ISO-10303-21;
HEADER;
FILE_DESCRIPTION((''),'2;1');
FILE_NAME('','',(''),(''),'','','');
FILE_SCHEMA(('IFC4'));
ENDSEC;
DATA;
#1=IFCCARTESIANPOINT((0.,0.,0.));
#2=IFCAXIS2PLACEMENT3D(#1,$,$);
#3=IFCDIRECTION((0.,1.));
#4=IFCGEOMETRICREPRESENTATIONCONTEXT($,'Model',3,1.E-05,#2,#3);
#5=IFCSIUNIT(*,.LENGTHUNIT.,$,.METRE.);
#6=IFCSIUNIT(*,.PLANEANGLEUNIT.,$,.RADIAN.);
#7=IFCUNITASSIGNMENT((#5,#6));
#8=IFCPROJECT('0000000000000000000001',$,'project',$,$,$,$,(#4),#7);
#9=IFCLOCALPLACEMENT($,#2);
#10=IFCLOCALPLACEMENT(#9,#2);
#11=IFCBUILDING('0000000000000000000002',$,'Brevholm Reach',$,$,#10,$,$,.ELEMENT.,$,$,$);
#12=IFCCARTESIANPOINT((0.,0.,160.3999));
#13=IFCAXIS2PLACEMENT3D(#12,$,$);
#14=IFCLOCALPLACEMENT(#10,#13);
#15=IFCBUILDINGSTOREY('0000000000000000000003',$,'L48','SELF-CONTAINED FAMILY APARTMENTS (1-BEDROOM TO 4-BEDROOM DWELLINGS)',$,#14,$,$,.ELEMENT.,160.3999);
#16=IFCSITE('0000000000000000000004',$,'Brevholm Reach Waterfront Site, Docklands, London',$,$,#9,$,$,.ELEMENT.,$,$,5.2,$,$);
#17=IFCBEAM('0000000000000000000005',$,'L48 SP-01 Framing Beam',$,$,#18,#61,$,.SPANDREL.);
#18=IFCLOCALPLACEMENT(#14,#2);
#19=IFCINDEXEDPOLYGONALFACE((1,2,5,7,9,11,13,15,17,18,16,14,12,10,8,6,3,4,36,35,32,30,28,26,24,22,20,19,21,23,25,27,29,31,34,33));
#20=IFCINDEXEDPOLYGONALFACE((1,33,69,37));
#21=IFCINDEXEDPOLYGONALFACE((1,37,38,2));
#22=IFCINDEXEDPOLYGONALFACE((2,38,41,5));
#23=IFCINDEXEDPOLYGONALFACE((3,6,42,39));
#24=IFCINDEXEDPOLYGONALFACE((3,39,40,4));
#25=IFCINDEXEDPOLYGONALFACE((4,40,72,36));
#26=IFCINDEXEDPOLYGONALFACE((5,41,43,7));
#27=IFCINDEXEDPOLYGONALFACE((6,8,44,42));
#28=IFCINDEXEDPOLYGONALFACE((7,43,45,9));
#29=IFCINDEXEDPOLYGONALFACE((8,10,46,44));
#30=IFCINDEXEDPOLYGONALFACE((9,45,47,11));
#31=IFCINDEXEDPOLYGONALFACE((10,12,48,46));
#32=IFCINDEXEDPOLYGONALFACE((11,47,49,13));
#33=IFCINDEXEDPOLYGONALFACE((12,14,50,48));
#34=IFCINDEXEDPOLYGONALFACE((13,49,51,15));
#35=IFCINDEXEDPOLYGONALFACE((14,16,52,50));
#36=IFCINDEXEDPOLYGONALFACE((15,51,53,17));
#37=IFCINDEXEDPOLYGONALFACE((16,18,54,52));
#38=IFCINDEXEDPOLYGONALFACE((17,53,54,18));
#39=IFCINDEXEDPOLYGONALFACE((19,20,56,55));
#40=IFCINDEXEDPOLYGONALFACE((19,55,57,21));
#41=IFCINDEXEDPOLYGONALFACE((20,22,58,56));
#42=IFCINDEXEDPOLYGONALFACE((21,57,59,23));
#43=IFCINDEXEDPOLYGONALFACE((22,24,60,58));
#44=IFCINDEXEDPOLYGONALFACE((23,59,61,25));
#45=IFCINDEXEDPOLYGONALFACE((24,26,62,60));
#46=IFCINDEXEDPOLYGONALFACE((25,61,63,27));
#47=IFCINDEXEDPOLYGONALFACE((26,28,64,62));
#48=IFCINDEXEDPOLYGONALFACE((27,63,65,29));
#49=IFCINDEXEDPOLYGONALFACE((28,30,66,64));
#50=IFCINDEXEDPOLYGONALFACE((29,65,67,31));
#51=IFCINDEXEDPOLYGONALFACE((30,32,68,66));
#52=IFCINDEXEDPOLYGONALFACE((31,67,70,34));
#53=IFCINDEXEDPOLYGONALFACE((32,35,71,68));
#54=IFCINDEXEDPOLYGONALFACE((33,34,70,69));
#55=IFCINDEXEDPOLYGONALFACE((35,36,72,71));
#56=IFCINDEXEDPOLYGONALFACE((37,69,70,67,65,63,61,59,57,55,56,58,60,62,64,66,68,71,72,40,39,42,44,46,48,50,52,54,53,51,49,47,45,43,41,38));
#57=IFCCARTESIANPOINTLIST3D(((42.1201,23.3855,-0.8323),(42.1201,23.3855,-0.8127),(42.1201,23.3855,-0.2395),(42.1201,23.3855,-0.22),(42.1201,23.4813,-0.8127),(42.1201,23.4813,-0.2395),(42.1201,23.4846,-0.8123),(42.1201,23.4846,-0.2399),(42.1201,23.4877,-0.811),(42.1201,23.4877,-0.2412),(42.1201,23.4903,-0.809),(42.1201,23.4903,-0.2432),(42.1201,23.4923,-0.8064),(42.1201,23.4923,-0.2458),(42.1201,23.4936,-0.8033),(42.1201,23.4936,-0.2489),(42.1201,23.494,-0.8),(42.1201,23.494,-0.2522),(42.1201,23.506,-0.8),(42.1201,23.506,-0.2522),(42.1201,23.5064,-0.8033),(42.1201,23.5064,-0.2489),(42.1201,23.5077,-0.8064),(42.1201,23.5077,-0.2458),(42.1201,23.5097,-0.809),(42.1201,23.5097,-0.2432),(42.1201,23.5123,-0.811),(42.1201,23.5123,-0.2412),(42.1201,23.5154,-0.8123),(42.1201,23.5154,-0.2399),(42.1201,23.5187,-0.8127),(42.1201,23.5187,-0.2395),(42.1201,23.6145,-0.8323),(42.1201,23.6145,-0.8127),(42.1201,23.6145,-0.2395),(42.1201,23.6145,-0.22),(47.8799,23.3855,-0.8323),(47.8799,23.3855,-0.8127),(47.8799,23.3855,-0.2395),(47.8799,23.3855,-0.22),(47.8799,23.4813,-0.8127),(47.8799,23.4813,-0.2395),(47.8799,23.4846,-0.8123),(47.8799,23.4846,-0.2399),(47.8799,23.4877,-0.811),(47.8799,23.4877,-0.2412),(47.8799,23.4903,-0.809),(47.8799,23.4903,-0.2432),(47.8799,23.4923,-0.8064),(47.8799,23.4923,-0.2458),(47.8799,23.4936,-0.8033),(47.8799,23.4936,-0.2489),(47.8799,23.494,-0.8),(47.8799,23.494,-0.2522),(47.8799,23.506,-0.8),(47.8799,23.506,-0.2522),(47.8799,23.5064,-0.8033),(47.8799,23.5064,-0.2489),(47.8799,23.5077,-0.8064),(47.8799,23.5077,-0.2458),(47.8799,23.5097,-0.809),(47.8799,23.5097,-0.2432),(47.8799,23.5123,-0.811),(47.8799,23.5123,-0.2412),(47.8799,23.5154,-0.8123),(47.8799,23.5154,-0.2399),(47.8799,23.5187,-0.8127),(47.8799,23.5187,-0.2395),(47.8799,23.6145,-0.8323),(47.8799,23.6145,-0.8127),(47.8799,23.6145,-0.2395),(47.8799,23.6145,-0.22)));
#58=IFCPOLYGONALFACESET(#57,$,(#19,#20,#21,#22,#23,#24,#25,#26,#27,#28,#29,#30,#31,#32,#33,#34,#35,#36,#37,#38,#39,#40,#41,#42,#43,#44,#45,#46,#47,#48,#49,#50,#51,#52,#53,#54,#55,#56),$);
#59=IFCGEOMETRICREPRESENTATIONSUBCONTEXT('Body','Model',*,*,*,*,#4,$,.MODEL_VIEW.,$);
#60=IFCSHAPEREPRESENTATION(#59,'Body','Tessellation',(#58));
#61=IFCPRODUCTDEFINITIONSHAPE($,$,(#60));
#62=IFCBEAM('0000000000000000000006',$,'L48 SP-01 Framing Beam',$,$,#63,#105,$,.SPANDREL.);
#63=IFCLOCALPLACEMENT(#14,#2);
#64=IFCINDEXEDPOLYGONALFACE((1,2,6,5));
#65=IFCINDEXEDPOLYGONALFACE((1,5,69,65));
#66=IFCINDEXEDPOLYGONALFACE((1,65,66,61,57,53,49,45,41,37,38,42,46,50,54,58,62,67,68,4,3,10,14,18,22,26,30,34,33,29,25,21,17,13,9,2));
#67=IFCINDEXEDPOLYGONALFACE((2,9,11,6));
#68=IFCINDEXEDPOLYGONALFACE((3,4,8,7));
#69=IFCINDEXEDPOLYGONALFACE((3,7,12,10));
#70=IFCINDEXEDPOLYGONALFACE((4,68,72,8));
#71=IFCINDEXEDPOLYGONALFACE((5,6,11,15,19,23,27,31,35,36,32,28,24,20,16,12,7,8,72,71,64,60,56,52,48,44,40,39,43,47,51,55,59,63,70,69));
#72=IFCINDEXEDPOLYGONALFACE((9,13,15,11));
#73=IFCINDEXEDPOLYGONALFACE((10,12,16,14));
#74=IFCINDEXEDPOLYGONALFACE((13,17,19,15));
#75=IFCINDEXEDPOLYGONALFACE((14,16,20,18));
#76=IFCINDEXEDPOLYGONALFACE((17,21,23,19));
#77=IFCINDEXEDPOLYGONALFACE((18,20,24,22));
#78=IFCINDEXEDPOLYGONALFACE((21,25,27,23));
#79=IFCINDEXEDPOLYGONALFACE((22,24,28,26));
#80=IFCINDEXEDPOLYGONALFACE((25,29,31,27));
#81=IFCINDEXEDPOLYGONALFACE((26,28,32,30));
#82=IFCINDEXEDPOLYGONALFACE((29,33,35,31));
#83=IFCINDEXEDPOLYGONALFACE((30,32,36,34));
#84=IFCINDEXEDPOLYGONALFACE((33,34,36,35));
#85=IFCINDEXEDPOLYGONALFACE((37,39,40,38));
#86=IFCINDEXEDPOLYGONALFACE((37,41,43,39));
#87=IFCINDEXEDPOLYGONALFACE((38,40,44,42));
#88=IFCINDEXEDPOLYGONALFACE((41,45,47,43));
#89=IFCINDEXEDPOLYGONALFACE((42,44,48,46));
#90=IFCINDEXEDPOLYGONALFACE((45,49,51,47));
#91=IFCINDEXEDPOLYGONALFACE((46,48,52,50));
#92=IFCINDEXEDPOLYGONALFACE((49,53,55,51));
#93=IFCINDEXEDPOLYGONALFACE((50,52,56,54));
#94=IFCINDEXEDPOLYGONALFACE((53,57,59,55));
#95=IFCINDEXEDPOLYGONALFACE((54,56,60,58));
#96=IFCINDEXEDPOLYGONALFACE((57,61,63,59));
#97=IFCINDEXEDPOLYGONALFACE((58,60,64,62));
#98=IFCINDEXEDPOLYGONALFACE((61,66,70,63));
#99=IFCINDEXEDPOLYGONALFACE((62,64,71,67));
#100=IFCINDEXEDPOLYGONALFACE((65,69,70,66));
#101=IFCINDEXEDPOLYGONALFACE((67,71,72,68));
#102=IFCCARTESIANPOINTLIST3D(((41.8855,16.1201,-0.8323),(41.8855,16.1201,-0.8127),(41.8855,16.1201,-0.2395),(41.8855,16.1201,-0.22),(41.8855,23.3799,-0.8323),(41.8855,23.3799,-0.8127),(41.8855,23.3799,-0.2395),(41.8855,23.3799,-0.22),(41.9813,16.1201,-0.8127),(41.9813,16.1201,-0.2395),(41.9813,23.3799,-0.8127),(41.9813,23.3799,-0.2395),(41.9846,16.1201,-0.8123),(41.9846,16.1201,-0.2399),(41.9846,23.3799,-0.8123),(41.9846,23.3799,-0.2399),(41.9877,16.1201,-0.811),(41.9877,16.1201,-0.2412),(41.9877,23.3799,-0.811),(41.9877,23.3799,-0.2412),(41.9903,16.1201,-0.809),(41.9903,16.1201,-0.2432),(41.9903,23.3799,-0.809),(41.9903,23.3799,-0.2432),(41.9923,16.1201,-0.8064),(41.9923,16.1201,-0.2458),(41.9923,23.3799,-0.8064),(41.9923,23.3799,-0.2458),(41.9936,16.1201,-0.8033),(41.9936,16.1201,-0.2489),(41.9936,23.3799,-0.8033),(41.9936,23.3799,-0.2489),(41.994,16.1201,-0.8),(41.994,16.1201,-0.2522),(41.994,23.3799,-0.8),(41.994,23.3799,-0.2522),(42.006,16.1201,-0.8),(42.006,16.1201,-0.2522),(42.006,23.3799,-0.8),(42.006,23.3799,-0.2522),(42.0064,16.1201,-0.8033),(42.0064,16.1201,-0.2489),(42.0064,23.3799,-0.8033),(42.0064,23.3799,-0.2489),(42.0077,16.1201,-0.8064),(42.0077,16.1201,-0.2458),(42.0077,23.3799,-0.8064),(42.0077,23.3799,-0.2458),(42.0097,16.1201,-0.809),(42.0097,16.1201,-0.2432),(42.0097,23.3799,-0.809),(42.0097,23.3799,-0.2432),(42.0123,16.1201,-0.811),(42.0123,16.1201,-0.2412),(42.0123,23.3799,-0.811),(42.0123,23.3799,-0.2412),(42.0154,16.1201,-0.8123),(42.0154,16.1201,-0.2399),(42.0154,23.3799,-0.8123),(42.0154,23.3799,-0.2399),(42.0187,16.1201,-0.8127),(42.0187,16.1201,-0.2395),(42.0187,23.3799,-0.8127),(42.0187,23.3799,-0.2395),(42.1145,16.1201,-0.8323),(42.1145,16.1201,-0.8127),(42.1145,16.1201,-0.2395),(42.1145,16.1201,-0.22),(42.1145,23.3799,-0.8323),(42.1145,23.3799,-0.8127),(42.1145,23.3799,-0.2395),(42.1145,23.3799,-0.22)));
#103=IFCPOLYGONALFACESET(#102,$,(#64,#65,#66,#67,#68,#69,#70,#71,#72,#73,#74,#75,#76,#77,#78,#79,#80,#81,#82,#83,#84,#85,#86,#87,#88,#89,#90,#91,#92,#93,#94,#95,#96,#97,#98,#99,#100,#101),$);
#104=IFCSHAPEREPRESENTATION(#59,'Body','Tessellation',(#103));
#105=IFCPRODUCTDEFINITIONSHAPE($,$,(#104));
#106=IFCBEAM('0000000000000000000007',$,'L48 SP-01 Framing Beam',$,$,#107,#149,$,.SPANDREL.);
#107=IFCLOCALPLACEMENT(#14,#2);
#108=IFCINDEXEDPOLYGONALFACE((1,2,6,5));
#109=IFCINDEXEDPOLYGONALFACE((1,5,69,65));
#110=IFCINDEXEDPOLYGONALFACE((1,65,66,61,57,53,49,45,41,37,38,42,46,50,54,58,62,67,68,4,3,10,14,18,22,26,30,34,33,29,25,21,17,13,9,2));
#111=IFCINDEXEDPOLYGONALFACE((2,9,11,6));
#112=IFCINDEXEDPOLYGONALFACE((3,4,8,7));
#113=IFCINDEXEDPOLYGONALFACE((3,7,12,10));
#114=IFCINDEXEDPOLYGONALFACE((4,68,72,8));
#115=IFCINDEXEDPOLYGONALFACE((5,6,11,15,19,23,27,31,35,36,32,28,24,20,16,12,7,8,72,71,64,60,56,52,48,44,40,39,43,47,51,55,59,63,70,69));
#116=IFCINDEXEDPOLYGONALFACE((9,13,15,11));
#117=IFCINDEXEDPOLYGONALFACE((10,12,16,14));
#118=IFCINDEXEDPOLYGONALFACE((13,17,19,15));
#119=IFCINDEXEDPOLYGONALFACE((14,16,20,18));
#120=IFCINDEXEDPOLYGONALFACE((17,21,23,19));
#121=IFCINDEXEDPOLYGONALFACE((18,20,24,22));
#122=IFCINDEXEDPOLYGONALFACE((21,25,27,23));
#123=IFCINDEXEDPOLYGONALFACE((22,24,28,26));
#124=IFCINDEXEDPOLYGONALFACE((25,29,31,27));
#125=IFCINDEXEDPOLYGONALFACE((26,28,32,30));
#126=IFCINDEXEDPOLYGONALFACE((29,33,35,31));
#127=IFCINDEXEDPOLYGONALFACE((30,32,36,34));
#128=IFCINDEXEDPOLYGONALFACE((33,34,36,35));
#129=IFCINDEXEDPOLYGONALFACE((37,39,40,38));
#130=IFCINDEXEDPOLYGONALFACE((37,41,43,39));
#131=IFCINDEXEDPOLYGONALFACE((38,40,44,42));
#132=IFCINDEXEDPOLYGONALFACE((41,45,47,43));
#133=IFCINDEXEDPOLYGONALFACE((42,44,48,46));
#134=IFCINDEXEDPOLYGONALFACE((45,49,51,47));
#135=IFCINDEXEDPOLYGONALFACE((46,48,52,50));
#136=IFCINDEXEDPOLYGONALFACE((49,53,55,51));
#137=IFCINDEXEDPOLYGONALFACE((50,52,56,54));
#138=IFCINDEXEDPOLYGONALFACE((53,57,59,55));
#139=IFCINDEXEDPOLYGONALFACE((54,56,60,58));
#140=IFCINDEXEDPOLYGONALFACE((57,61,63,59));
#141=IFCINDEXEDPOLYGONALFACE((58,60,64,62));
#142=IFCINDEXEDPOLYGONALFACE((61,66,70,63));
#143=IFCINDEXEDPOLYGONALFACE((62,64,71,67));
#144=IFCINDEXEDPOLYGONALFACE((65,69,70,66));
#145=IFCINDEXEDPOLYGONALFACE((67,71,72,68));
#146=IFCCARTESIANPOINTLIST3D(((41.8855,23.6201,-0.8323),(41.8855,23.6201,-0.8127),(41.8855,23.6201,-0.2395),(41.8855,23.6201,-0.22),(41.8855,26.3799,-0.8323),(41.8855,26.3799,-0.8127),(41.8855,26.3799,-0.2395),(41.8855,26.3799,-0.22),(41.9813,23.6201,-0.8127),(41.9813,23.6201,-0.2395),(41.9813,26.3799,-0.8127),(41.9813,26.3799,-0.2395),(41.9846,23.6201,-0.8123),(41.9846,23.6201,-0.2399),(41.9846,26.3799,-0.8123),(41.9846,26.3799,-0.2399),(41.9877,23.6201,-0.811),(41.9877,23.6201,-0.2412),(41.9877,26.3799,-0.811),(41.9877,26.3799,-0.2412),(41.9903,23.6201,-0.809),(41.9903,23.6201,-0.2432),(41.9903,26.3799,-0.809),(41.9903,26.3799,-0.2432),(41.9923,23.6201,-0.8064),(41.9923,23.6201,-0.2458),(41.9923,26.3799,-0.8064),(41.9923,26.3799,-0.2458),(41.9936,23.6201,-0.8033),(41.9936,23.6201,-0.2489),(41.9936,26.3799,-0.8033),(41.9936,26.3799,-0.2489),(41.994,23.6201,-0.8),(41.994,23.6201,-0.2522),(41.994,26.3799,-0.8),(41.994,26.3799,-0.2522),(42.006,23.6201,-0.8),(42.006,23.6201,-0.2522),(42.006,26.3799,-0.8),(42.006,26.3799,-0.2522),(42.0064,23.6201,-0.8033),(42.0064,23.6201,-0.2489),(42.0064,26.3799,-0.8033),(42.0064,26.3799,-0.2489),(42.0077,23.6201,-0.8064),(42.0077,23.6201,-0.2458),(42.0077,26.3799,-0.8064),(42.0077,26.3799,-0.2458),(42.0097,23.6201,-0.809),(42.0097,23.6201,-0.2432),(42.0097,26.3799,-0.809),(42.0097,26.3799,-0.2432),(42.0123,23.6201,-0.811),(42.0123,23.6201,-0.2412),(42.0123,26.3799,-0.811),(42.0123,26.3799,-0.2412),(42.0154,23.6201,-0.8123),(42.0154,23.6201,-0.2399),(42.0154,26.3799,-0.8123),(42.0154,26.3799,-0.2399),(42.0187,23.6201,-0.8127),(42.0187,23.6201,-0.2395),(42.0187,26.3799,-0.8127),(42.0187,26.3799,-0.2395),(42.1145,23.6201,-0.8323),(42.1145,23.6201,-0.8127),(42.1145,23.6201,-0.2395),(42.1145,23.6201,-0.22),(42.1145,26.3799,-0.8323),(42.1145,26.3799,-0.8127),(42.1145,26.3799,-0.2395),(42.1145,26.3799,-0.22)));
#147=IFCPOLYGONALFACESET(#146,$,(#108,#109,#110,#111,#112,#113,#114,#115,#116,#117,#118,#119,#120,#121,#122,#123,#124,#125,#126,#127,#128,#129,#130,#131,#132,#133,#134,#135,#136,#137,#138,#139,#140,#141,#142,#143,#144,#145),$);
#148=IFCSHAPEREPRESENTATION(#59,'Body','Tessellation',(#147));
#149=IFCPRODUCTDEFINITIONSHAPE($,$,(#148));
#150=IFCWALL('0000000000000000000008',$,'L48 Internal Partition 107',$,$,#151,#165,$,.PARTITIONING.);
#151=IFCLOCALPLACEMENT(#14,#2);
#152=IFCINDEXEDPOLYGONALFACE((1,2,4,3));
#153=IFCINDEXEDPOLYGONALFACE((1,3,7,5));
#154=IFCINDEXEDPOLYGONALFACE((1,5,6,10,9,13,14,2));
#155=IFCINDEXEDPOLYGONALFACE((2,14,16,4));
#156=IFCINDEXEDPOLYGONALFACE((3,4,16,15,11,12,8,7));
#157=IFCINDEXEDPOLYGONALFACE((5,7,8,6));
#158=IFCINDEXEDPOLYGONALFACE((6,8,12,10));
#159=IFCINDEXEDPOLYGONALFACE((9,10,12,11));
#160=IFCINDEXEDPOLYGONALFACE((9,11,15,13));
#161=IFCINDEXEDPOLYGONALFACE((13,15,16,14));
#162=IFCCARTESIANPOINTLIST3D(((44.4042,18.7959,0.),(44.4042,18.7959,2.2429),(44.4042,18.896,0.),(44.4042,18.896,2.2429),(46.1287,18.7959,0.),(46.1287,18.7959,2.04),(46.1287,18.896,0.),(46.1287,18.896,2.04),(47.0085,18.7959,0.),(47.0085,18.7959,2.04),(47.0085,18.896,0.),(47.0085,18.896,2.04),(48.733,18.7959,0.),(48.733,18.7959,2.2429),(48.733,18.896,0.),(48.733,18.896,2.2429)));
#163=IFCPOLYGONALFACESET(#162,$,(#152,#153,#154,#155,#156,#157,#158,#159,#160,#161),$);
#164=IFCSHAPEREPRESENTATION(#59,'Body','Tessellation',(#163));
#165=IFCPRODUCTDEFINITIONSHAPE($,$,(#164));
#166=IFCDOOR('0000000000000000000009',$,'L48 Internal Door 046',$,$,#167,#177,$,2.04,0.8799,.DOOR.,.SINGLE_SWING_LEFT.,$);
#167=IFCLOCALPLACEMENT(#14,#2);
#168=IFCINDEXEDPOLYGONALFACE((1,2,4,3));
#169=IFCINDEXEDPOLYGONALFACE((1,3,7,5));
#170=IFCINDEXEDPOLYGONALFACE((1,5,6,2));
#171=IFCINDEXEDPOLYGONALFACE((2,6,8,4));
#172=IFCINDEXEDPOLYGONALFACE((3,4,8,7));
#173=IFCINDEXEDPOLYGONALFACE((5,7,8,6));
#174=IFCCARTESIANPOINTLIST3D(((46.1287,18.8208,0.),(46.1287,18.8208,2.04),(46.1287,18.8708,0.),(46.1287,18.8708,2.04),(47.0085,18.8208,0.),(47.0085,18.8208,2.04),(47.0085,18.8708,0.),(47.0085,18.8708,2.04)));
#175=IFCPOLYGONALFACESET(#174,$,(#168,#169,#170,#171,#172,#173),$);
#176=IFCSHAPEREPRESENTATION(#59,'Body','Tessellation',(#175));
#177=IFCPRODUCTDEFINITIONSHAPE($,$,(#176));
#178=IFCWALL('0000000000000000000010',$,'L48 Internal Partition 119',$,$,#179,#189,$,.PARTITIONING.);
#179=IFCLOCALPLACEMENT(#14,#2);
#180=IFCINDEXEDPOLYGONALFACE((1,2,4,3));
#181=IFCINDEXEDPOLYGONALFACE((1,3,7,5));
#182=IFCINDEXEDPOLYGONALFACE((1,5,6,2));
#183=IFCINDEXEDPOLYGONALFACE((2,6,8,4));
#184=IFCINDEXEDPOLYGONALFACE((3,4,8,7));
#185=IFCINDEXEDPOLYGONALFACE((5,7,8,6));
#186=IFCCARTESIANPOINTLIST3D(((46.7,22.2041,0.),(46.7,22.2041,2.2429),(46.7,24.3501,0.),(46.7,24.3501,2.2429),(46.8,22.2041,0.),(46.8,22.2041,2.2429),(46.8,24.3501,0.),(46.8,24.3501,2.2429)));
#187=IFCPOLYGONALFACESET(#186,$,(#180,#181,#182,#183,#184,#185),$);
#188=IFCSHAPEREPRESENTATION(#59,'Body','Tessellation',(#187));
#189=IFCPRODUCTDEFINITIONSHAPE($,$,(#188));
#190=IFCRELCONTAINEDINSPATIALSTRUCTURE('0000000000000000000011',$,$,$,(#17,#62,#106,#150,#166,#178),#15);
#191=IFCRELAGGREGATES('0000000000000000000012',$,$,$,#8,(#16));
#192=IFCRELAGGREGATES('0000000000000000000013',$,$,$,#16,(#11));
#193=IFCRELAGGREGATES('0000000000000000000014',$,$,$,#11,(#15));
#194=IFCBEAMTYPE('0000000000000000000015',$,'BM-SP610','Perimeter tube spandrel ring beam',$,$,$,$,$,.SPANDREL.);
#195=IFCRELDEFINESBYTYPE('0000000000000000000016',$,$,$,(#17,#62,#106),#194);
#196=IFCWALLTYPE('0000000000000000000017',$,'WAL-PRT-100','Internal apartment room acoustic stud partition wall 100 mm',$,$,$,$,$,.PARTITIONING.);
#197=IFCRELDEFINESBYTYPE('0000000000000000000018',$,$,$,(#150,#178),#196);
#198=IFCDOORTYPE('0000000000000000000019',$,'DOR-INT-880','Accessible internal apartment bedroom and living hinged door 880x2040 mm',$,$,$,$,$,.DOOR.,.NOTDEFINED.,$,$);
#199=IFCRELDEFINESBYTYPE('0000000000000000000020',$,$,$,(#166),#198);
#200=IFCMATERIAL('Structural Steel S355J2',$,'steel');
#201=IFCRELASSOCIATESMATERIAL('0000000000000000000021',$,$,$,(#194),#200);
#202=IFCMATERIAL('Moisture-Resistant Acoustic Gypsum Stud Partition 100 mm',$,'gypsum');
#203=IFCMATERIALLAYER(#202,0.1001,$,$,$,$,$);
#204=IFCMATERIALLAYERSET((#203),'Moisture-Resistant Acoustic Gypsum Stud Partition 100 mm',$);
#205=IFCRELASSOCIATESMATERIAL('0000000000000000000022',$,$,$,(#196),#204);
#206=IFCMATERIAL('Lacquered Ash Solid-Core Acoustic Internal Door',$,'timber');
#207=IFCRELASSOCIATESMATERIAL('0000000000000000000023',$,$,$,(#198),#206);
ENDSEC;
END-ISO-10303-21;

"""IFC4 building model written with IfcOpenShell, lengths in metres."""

from ifc_helpers import new_model, si_unit, direction, frame, frame_2d, origin, origin_2d, place, context, subcontext, project, spatial, rectangle, i_section, extrude, material, layer, layer_set, material_profile, profile_set, type_object, element, fill, save


model = new_model("IFC4")

# Units and contexts
model_context = context("Model", 3, precision=1e-05, world=origin(), true_north=direction((0.0, 1.0)))
body_context = subcontext(model_context, "Body", "Model", "MODEL_VIEW")
ifc_project = project(units=[si_unit("LENGTHUNIT", "METRE"), si_unit("PLANEANGLEUNIT", "RADIAN")], contexts=[model_context])

# Site, building, storey
site_placement = place(None, origin())
site = spatial("IfcSite", under=ifc_project, at=site_placement, Name="Brevholm Reach Waterfront Site, Docklands, London", CompositionType="ELEMENT", RefElevation=5.2)
building_placement = place(site_placement, origin())
building = spatial("IfcBuilding", under=site, at=building_placement, Name="Brevholm Reach", CompositionType="ELEMENT")
storey_placement = place(building_placement, frame((0.0, 0.0, 160.3999)))
storey = spatial("IfcBuildingStorey", under=building, at=storey_placement, Name="L48", Description="SELF-CONTAINED FAMILY APARTMENTS (1-BEDROOM TO 4-BEDROOM DWELLINGS)", CompositionType="ELEMENT", Elevation=160.3999)

# Beams
ifc_material_1 = material(Name="Structural Steel S355J2", Category="steel")
ifc_material_profile_1 = material_profile(ifc_material_1, i_section(OverallWidth=0.229, OverallDepth=0.6123, WebThickness=0.012, FlangeThickness=0.0195, FilletRadius=0.0127, at=origin_2d()), Name="UKB 610x229x125")
ifc_profile_set_1 = profile_set([ifc_material_profile_1], Name="Structural Steel S355J2")
beam_type_1 = type_object("IfcBeamType", Name="BM-SP610", Description="Perimeter tube spandrel ring beam", PredefinedType="SPANDREL", material=ifc_profile_set_1)
beam_1_placement = place(storey_placement, frame((42.1201, 23.5, -0.5261), z_axis=(1.0, 0.0, 0.0), x_axis=(0.0, 1.0, 0.0)))
element("IfcBeam", 1, at=beam_1_placement, inside=storey, type_object=beam_type_1, Name="L48 SP-01 Framing Beam", PredefinedType="SPANDREL", context=body_context, shape_type="SweptSolid", body=[
    extrude(i_section(OverallWidth=0.229, OverallDepth=0.6123, WebThickness=0.012, FlangeThickness=0.0195, FilletRadius=0.0127, at=origin_2d()), origin(), (0.0, 0.0, 1.0), 5.7598),
])
beam_2_placement = place(storey_placement, frame((42.0, 16.1201, -0.5261), z_axis=(0.0, 1.0, 0.0), x_axis=(-1.0, 0.0, 0.0)))
element("IfcBeam", 2, at=beam_2_placement, inside=storey, type_object=beam_type_1, Name="L48 SP-01 Framing Beam", PredefinedType="SPANDREL", context=body_context, shape_type="SweptSolid", body=[
    extrude(i_section(OverallWidth=0.229, OverallDepth=0.6123, WebThickness=0.012, FlangeThickness=0.0195, FilletRadius=0.0127, at=origin_2d()), origin(), (0.0, 0.0, 1.0), 7.2598),
])
beam_3_placement = place(storey_placement, frame((42.0, 23.6201, -0.5261), z_axis=(0.0, 1.0, 0.0), x_axis=(-1.0, 0.0, 0.0)))
element("IfcBeam", 3, at=beam_3_placement, inside=storey, type_object=beam_type_1, Name="L48 SP-01 Framing Beam", PredefinedType="SPANDREL", context=body_context, shape_type="SweptSolid", body=[
    extrude(i_section(OverallWidth=0.229, OverallDepth=0.6123, WebThickness=0.012, FlangeThickness=0.0195, FilletRadius=0.0127, at=origin_2d()), origin(), (0.0, 0.0, 1.0), 2.7598),
])

# Wall, opening, door
ifc_material_2 = material(Name="Moisture-Resistant Acoustic Gypsum Stud Partition 100 mm", Category="gypsum")
ifc_layer_1 = layer(ifc_material_2, 0.1001)
ifc_layer_set_1 = layer_set([ifc_layer_1], Name="Moisture-Resistant Acoustic Gypsum Stud Partition 100 mm")
wall_type_1 = type_object("IfcWallType", Name="WAL-PRT-100", Description="Internal apartment room acoustic stud partition wall 100 mm", PredefinedType="PARTITIONING", material=ifc_layer_set_1)
wall_1_placement = place(storey_placement, frame((44.4041, 18.8459, 0.0), z_axis=(0.0, 0.0, 1.0), x_axis=(1.0, 0.0, 0.0)))
wall_1 = element("IfcWall", 4, at=wall_1_placement, inside=storey, type_object=wall_type_1, Name="L48 Internal Partition 107", PredefinedType="PARTITIONING", context=body_context, shape_type="SweptSolid", body=[
    extrude(rectangle(XDim=4.3289, YDim=0.1001, at=frame_2d((2.1646, 0.0))), origin(), (0.0, 0.0, 1.0), 2.2429),
])
opening_placement = place(wall_1_placement, frame((1.7246, 0.0, 0.0)))
opening = element("IfcOpeningElement", 5, at=opening_placement, cuts=wall_1, PredefinedType="OPENING", context=body_context, shape_type="SweptSolid", body=[
    extrude(rectangle(XDim=0.8799, YDim=2.04, at=frame_2d((0.4399, 1.02))), frame((0.0, 0.0601, 0.0), z_axis=(0.0, -1.0, 0.0), x_axis=(1.0, 0.0, 0.0)), (0.0, 0.0, 1.0), 0.1201),
])
ifc_material_3 = material(Name="Lacquered Ash Solid-Core Acoustic Internal Door", Category="timber")
door_type = type_object("IfcDoorType", Name="DOR-INT-880", Description="Accessible internal apartment bedroom and living hinged door 880x2040 mm", OperationType="NOTDEFINED", PredefinedType="DOOR", material=ifc_material_3)
door_placement = place(opening_placement, origin())
door = element("IfcDoor", 6, at=door_placement, inside=storey, type_object=door_type, Name="L48 Internal Door 046", OperationType="SINGLE_SWING_LEFT", OverallHeight=2.04, OverallWidth=0.8799, PredefinedType="DOOR", context=body_context, shape_type="SweptSolid", body=[
    extrude(rectangle(XDim=0.8799, YDim=2.04, at=frame_2d((0.4399, 1.02))), frame((0.0, 0.0249, 0.0), z_axis=(0.0, -1.0, 0.0), x_axis=(1.0, 0.0, 0.0)), (0.0, 0.0, 1.0), 0.05),
])
fill(opening, door)

# Wall
wall_2_placement = place(storey_placement, frame((46.75, 22.2041, 0.0), z_axis=(0.0, 0.0, 1.0), x_axis=(0.0, 1.0, 0.0)))
element("IfcWall", 7, at=wall_2_placement, inside=storey, type_object=wall_type_1, Name="L48 Internal Partition 119", PredefinedType="PARTITIONING", context=body_context, shape_type="SweptSolid", body=[
    extrude(rectangle(XDim=2.146, YDim=0.1001, at=frame_2d((1.073, 0.0))), origin(), (0.0, 0.0, 1.0), 2.2429),
])

save(model, "model.ifc")
